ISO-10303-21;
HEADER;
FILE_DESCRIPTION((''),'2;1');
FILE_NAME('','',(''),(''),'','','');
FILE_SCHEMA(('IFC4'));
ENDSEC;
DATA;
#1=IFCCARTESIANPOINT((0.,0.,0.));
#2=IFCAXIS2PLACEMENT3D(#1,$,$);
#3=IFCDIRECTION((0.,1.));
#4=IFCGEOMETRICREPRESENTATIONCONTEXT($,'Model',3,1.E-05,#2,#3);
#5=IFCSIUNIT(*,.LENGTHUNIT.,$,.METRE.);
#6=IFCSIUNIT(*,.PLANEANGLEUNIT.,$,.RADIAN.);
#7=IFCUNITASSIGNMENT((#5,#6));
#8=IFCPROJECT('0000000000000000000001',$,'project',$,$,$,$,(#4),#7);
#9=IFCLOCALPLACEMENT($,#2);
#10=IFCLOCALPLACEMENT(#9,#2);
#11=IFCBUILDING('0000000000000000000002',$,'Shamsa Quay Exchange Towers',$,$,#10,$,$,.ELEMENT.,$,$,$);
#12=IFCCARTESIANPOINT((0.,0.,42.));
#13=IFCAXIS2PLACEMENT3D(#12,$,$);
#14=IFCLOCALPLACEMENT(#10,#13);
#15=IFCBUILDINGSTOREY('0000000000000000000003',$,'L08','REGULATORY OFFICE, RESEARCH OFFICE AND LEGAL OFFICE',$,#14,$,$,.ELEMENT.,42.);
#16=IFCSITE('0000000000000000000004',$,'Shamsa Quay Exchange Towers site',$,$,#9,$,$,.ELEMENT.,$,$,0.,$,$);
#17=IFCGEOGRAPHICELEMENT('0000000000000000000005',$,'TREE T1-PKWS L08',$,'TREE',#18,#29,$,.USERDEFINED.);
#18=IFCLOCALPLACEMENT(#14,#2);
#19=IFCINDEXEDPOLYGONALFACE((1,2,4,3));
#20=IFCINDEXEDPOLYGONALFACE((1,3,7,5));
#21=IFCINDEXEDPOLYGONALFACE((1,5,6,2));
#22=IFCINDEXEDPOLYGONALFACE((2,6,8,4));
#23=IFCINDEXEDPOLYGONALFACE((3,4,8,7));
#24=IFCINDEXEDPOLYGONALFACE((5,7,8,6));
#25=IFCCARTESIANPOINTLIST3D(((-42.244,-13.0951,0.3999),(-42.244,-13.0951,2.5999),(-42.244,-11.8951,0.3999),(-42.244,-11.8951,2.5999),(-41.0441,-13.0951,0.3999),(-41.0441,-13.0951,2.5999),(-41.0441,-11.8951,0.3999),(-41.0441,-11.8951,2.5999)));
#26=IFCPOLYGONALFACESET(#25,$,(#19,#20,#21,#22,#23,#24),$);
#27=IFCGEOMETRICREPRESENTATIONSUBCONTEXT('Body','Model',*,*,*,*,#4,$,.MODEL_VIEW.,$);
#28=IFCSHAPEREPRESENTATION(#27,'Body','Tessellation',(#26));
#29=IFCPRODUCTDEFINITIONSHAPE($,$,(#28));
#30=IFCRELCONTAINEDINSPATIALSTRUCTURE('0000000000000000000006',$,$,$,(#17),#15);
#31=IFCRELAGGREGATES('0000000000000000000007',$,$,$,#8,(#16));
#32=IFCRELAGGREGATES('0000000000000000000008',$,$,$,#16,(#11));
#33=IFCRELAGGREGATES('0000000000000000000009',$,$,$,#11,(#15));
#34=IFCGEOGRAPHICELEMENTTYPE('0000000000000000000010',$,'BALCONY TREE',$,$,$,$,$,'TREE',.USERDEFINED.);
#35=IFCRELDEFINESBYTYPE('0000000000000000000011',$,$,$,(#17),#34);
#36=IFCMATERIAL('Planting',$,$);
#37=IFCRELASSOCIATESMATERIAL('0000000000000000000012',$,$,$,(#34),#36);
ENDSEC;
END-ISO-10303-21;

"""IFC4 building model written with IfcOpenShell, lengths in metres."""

from ifc_helpers import new_model, si_unit, direction, frame, origin, origin_2d, place, context, subcontext, project, spatial, rectangle, extrude, material, type_object, element, save


model = new_model("IFC4")

# Units and contexts
model_context = context("Model", 3, precision=1e-05, world=origin(), true_north=direction((0.0, 1.0)))
body_context = subcontext(model_context, "Body", "Model", "MODEL_VIEW")
ifc_project = project(units=[si_unit("LENGTHUNIT", "METRE"), si_unit("PLANEANGLEUNIT", "RADIAN")], contexts=[model_context])

# Site, building, storey
site_placement = place(None, origin())
site = spatial("IfcSite", under=ifc_project, at=site_placement, Name="Shamsa Quay Exchange Towers site", CompositionType="ELEMENT", RefElevation=0.0)
building_placement = place(site_placement, origin())
building = spatial("IfcBuilding", under=site, at=building_placement, Name="Shamsa Quay Exchange Towers", CompositionType="ELEMENT")
storey_placement = place(building_placement, frame((0.0, 0.0, 42.0)))
storey = spatial("IfcBuildingStorey", under=building, at=storey_placement, Name="L08", Description="REGULATORY OFFICE, RESEARCH OFFICE AND LEGAL OFFICE", CompositionType="ELEMENT", Elevation=42.0)

# Geographic element
ifc_material_1 = material(Name="Planting")
geographic_element_type = type_object("IfcGeographicElementType", Name="BALCONY TREE", ElementType="TREE", PredefinedType="USERDEFINED", material=ifc_material_1)
geographic_element_placement = place(storey_placement, frame((-41.644, -12.4951, 0.3999)))
element("IfcGeographicElement", 1, at=geographic_element_placement, inside=storey, type_object=geographic_element_type, Name="TREE T1-PKWS L08", ObjectType="TREE", PredefinedType="USERDEFINED", context=body_context, shape_type="SweptSolid", body=[
    extrude(rectangle(XDim=1.2, YDim=1.2, at=origin_2d()), origin(), (0.0, 0.0, 1.0), 2.2),
])

save(model, "model.ifc")
